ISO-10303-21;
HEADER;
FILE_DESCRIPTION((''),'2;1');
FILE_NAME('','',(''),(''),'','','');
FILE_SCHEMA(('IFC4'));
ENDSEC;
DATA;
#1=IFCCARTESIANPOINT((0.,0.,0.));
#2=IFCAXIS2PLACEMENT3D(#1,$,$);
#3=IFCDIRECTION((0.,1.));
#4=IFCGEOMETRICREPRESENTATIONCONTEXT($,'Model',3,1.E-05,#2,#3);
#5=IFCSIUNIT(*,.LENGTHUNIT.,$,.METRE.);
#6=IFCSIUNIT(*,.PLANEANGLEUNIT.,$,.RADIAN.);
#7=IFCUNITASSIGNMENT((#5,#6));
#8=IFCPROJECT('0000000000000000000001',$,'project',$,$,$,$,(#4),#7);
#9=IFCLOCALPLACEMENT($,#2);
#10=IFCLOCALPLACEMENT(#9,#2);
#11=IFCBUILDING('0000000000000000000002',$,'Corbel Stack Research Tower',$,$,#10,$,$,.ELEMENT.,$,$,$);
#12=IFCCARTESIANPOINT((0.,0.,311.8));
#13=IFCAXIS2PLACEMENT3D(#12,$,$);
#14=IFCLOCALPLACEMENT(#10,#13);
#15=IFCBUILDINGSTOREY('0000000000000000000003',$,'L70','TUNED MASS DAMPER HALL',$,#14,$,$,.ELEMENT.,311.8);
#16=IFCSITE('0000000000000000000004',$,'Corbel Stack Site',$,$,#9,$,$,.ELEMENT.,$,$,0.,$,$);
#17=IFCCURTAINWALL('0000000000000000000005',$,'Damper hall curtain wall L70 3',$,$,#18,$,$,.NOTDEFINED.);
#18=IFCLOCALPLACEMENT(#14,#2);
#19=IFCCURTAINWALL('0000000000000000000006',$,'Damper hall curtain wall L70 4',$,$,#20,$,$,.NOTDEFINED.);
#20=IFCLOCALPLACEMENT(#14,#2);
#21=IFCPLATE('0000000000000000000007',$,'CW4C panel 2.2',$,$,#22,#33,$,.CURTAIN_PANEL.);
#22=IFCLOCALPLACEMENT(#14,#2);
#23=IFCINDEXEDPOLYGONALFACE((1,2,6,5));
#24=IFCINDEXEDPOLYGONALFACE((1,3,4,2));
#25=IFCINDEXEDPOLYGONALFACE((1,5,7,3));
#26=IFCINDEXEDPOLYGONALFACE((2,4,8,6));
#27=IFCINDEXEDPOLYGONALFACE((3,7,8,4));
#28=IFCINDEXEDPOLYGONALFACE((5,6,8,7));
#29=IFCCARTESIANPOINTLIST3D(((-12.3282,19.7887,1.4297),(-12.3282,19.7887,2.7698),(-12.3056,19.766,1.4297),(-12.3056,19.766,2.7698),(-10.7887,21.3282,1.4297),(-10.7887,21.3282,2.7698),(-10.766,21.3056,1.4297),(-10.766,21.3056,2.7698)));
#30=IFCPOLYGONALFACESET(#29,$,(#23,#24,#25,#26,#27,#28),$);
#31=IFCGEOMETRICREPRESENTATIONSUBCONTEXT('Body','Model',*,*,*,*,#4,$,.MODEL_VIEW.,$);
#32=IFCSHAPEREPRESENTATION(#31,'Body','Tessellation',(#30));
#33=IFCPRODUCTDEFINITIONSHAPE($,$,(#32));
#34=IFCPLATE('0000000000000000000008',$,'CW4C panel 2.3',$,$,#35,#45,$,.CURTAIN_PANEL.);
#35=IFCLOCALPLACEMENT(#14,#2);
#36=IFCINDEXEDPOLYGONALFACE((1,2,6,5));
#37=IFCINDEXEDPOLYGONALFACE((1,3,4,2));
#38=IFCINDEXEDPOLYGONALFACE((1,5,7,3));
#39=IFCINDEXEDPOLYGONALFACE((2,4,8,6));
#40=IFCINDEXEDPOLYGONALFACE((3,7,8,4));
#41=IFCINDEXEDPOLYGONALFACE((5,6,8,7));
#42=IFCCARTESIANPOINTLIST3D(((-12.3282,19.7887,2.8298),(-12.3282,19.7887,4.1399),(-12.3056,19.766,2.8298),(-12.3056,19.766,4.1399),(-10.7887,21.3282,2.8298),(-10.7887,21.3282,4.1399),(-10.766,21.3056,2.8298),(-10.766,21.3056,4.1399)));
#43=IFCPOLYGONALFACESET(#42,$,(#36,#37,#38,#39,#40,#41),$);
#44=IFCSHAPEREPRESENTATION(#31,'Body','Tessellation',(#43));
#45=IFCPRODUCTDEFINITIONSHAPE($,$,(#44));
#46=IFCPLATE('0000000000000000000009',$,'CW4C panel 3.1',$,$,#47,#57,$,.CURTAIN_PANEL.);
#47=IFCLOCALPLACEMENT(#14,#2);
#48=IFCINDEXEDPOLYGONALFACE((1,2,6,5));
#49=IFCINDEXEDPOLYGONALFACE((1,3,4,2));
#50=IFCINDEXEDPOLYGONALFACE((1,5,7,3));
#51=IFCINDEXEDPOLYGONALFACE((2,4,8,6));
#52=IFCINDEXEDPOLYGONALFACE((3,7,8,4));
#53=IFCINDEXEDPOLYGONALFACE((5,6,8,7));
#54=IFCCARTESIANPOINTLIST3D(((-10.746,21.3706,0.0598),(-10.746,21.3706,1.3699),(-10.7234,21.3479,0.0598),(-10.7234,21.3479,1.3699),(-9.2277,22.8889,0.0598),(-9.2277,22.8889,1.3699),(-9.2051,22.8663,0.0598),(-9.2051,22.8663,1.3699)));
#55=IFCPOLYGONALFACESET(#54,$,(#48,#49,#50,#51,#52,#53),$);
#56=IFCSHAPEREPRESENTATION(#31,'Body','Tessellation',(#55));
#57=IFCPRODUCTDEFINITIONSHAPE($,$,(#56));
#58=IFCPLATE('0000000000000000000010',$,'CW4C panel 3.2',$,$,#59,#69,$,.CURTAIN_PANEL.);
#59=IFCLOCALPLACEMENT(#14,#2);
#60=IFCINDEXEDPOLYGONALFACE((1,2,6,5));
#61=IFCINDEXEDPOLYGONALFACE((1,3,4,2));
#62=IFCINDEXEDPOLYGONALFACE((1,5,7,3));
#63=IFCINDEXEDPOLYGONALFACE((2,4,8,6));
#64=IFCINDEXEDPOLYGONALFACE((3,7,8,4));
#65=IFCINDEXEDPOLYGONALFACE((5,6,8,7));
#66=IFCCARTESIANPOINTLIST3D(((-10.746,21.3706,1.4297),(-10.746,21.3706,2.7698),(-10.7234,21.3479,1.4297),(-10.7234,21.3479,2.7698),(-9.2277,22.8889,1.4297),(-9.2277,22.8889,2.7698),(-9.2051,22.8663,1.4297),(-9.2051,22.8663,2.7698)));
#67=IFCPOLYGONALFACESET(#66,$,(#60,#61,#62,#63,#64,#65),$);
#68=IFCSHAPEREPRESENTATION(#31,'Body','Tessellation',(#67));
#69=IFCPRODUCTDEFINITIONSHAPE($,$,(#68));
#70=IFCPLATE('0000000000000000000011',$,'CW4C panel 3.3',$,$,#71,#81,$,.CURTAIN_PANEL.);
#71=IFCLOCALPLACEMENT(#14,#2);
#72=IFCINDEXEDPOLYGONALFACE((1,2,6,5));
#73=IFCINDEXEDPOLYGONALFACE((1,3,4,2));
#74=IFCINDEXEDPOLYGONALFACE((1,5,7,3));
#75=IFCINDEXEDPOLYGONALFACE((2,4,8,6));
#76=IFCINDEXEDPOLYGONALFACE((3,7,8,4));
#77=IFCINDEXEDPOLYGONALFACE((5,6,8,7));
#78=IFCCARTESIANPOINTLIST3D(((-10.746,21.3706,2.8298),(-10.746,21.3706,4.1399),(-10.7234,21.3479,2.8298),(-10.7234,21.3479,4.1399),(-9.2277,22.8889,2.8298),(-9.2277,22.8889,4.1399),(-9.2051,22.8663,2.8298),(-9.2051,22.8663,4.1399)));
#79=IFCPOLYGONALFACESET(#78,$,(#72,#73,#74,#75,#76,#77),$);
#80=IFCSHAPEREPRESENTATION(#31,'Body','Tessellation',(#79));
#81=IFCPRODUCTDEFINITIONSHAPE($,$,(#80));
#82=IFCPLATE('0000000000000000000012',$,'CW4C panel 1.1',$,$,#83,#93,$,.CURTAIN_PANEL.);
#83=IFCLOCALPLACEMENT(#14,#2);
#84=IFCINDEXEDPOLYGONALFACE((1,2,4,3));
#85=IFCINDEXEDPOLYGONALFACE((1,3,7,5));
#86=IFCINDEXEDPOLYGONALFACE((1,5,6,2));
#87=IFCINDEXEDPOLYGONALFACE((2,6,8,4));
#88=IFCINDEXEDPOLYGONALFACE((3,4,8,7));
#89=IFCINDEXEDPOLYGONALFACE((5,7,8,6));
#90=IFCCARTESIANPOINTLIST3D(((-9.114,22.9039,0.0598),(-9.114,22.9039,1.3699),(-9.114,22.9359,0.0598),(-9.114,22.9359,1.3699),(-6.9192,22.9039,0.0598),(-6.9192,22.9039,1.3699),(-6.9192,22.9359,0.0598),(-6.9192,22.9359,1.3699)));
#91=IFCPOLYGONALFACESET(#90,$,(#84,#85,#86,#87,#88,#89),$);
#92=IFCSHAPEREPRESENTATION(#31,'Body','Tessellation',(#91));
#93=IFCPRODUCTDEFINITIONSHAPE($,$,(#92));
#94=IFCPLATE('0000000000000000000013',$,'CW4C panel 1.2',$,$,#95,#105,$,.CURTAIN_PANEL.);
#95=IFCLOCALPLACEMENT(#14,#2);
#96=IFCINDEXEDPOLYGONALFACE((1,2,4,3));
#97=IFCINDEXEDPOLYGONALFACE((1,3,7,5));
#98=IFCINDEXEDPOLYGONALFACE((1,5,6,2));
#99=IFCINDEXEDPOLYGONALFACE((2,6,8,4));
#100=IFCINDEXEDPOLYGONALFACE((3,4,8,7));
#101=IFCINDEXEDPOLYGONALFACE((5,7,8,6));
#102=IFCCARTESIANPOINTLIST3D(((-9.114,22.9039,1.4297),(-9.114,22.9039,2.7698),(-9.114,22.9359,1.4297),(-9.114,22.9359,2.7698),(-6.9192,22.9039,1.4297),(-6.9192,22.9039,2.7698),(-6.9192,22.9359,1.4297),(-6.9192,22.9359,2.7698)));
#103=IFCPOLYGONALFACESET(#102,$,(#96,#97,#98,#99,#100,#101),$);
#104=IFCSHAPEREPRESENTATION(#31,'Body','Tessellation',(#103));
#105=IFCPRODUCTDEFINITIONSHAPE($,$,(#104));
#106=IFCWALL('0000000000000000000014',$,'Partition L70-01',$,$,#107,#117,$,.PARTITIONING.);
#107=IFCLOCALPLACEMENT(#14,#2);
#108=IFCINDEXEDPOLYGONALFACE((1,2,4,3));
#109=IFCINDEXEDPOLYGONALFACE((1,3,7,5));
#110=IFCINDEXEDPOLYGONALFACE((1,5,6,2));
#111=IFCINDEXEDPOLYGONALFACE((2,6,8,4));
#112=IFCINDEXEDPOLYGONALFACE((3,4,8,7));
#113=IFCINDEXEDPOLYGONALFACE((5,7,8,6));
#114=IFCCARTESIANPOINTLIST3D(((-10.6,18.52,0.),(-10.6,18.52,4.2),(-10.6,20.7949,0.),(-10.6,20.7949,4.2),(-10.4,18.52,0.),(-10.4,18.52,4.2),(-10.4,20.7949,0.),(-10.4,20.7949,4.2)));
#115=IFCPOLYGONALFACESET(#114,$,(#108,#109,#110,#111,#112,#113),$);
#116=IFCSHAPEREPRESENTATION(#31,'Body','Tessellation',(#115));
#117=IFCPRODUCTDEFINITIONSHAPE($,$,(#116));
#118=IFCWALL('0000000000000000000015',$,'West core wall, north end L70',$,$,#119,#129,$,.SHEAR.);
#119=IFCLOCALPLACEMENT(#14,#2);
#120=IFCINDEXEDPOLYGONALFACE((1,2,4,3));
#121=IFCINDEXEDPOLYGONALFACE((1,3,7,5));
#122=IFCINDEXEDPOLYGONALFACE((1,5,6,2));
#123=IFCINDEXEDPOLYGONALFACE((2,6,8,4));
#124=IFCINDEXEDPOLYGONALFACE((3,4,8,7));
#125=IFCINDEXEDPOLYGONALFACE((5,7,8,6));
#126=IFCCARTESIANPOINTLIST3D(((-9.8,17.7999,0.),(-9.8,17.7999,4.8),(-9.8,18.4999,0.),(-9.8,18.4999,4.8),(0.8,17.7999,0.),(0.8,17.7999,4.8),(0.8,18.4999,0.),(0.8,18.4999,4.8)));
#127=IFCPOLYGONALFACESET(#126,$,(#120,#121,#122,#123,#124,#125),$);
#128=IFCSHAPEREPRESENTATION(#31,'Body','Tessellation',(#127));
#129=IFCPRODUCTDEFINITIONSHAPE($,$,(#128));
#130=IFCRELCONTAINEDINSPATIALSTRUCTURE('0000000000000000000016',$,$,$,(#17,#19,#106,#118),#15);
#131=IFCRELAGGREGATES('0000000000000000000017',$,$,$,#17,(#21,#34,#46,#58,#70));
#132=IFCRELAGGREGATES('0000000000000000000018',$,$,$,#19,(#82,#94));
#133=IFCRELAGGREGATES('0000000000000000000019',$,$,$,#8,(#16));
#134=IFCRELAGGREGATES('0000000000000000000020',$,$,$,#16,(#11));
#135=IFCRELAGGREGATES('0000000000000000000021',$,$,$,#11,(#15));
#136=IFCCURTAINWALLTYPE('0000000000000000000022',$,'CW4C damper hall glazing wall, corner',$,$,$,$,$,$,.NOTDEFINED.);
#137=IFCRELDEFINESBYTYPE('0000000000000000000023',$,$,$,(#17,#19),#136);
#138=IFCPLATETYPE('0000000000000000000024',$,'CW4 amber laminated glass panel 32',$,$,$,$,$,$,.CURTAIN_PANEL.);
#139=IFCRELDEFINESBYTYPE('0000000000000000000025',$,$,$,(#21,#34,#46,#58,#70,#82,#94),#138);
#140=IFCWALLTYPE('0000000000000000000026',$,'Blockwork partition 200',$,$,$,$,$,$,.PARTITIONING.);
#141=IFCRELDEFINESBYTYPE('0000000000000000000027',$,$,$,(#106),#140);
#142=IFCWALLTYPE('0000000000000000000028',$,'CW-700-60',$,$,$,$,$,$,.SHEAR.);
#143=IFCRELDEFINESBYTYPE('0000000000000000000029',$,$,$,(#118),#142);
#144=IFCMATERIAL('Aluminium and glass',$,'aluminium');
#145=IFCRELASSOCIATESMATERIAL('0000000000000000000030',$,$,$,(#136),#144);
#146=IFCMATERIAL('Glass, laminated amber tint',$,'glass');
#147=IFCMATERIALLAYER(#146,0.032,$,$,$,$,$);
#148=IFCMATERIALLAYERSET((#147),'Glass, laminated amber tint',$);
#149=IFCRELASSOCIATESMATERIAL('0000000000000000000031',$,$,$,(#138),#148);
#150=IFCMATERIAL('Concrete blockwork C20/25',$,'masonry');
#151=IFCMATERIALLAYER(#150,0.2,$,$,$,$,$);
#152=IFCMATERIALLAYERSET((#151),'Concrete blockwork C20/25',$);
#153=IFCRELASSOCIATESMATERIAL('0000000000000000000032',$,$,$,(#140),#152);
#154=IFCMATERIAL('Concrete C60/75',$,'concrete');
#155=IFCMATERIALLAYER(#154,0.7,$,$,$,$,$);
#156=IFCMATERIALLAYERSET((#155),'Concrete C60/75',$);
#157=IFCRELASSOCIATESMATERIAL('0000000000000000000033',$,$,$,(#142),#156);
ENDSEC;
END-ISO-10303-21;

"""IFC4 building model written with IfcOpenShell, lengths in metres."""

from ifc_helpers import new_model, si_unit, direction, frame, frame_2d, origin, origin_2d, place, context, subcontext, project, spatial, rectangle, extrude, material, layer, layer_set, type_object, element, aggregate, save


model = new_model("IFC4")

# Units and contexts
model_context = context("Model", 3, precision=1e-05, world=origin(), true_north=direction((0.0, 1.0)))
body_context = subcontext(model_context, "Body", "Model", "MODEL_VIEW")
ifc_project = project(units=[si_unit("LENGTHUNIT", "METRE"), si_unit("PLANEANGLEUNIT", "RADIAN")], contexts=[model_context])

# Site, building, storey
site_placement = place(None, origin())
site = spatial("IfcSite", under=ifc_project, at=site_placement, Name="Corbel Stack Site", CompositionType="ELEMENT", RefElevation=0.0)
building_placement = place(site_placement, origin())
building = spatial("IfcBuilding", under=site, at=building_placement, Name="Corbel Stack Research Tower", CompositionType="ELEMENT")
storey_placement = place(building_placement, frame((0.0, 0.0, 311.8)))
storey = spatial("IfcBuildingStorey", under=building, at=storey_placement, Name="L70", Description="TUNED MASS DAMPER HALL", CompositionType="ELEMENT", Elevation=311.8)

# Shared definitions
ifc_material_1 = material(Name="Aluminium and glass", Category="aluminium")
curtain_wall_type = type_object("IfcCurtainWallType", Name="CW4C damper hall glazing wall, corner", PredefinedType="NOTDEFINED", material=ifc_material_1)

# Curtain wall
curtain_wall_1_placement = place(storey_placement, origin())
curtain_wall_1 = element("IfcCurtainWall", 1, at=curtain_wall_1_placement, inside=storey, type_object=curtain_wall_type, Name="Damper hall curtain wall L70 3", PredefinedType="NOTDEFINED")

# Curtain wall
curtain_wall_2_placement = place(storey_placement, origin())
curtain_wall_2 = element("IfcCurtainWall", 2, at=curtain_wall_2_placement, inside=storey, type_object=curtain_wall_type, Name="Damper hall curtain wall L70 4", PredefinedType="NOTDEFINED")

# Plates
ifc_material_2 = material(Name="Glass, laminated amber tint", Category="glass")
ifc_layer_1 = layer(ifc_material_2, 0.032)
ifc_layer_set_1 = layer_set([ifc_layer_1], Name="Glass, laminated amber tint")
plate_type = type_object("IfcPlateType", Name="CW4 amber laminated glass panel 32", PredefinedType="CURTAIN_PANEL", material=ifc_layer_set_1)
plate_1_placement = place(storey_placement, frame((-11.5471, 20.5471, 1.4297), z_axis=(0.0, 0.0, 1.0), x_axis=(0.707107, 0.707107, 0.0)))
plate_1 = element("IfcPlate", 3, at=plate_1_placement, type_object=plate_type, Name="CW4C panel 2.2", PredefinedType="CURTAIN_PANEL", context=body_context, shape_type="SweptSolid", body=[
    extrude(rectangle(XDim=2.1772, YDim=0.032, at=origin_2d()), origin(), (0.0, 0.0, 1.0), 1.3401),
])
plate_2_placement = place(storey_placement, frame((-11.5471, 20.5471, 2.8298), z_axis=(0.0, 0.0, 1.0), x_axis=(0.707107, 0.707107, 0.0)))
plate_2 = element("IfcPlate", 4, at=plate_2_placement, type_object=plate_type, Name="CW4C panel 2.3", PredefinedType="CURTAIN_PANEL", context=body_context, shape_type="SweptSolid", body=[
    extrude(rectangle(XDim=2.1772, YDim=0.032, at=origin_2d()), origin(), (0.0, 0.0, 1.0), 1.3101),
])
plate_3_placement = place(storey_placement, frame((-9.9756, 22.1184, 0.0598), z_axis=(0.0, 0.0, 1.0), x_axis=(0.707107, 0.707107, 0.0)))
plate_3 = element("IfcPlate", 5, at=plate_3_placement, type_object=plate_type, Name="CW4C panel 3.1", PredefinedType="CURTAIN_PANEL", context=body_context, shape_type="SweptSolid", body=[
    extrude(rectangle(XDim=2.1472, YDim=0.032, at=origin_2d()), origin(), (0.0, 0.0, 1.0), 1.3101),
])
plate_4_placement = place(storey_placement, frame((-9.9756, 22.1184, 1.4297), z_axis=(0.0, 0.0, 1.0), x_axis=(0.707107, 0.707107, 0.0)))
plate_4 = element("IfcPlate", 6, at=plate_4_placement, type_object=plate_type, Name="CW4C panel 3.2", PredefinedType="CURTAIN_PANEL", context=body_context, shape_type="SweptSolid", body=[
    extrude(rectangle(XDim=2.1472, YDim=0.032, at=origin_2d()), origin(), (0.0, 0.0, 1.0), 1.3401),
])
plate_5_placement = place(storey_placement, frame((-9.9756, 22.1184, 2.8298), z_axis=(0.0, 0.0, 1.0), x_axis=(0.707107, 0.707107, 0.0)))
plate_5 = element("IfcPlate", 7, at=plate_5_placement, type_object=plate_type, Name="CW4C panel 3.3", PredefinedType="CURTAIN_PANEL", context=body_context, shape_type="SweptSolid", body=[
    extrude(rectangle(XDim=2.1472, YDim=0.032, at=origin_2d()), origin(), (0.0, 0.0, 1.0), 1.3101),
])
aggregate(curtain_wall_1, [plate_1, plate_2, plate_3, plate_4, plate_5])
plate_6_placement = place(storey_placement, frame((-8.0166, 22.9199, 0.0598), z_axis=(0.0, 0.0, 1.0), x_axis=(1.0, 0.0, 0.0)))
plate_6 = element("IfcPlate", 8, at=plate_6_placement, type_object=plate_type, Name="CW4C panel 1.1", PredefinedType="CURTAIN_PANEL", context=body_context, shape_type="SweptSolid", body=[
    extrude(rectangle(XDim=2.1948, YDim=0.032, at=origin_2d()), origin(), (0.0, 0.0, 1.0), 1.3101),
])
plate_7_placement = place(storey_placement, frame((-8.0166, 22.9199, 1.4297), z_axis=(0.0, 0.0, 1.0), x_axis=(1.0, 0.0, 0.0)))
plate_7 = element("IfcPlate", 9, at=plate_7_placement, type_object=plate_type, Name="CW4C panel 1.2", PredefinedType="CURTAIN_PANEL", context=body_context, shape_type="SweptSolid", body=[
    extrude(rectangle(XDim=2.1948, YDim=0.032, at=origin_2d()), origin(), (0.0, 0.0, 1.0), 1.3401),
])
aggregate(curtain_wall_2, [plate_6, plate_7])

# Walls
ifc_material_3 = material(Name="Concrete blockwork C20/25", Category="masonry")
ifc_layer_2 = layer(ifc_material_3, 0.2)
ifc_layer_set_2 = layer_set([ifc_layer_2], Name="Concrete blockwork C20/25")
wall_type_1 = type_object("IfcWallType", Name="Blockwork partition 200", PredefinedType="PARTITIONING", material=ifc_layer_set_2)
wall_1_placement = place(storey_placement, frame((-10.5, 18.52, 0.0), z_axis=(0.0, 0.0, 1.0), x_axis=(0.0, 1.0, 0.0)))
element("IfcWall", 10, at=wall_1_placement, inside=storey, type_object=wall_type_1, Name="Partition L70-01", PredefinedType="PARTITIONING", context=body_context, shape_type="SweptSolid", body=[
    extrude(rectangle(XDim=2.2749, YDim=0.2, at=frame_2d((1.1375, 0.0))), origin(), (0.0, 0.0, 1.0), 4.2),
])
ifc_material_4 = material(Name="Concrete C60/75", Category="concrete")
ifc_layer_3 = layer(ifc_material_4, 0.7)
ifc_layer_set_3 = layer_set([ifc_layer_3], Name="Concrete C60/75")
wall_type_2 = type_object("IfcWallType", Name="CW-700-60", PredefinedType="SHEAR", material=ifc_layer_set_3)
wall_2_placement = place(storey_placement, frame((-9.8, 18.1499, 0.0), z_axis=(0.0, 0.0, 1.0), x_axis=(1.0, 0.0, 0.0)))
element("IfcWall", 11, at=wall_2_placement, inside=storey, type_object=wall_type_2, Name="West core wall, north end L70", PredefinedType="SHEAR", context=body_context, shape_type="SweptSolid", body=[
    extrude(rectangle(XDim=10.6001, YDim=0.7, at=frame_2d((5.3, 0.0))), origin(), (0.0, 0.0, 1.0), 4.8),
])

save(model, "model.ifc")
